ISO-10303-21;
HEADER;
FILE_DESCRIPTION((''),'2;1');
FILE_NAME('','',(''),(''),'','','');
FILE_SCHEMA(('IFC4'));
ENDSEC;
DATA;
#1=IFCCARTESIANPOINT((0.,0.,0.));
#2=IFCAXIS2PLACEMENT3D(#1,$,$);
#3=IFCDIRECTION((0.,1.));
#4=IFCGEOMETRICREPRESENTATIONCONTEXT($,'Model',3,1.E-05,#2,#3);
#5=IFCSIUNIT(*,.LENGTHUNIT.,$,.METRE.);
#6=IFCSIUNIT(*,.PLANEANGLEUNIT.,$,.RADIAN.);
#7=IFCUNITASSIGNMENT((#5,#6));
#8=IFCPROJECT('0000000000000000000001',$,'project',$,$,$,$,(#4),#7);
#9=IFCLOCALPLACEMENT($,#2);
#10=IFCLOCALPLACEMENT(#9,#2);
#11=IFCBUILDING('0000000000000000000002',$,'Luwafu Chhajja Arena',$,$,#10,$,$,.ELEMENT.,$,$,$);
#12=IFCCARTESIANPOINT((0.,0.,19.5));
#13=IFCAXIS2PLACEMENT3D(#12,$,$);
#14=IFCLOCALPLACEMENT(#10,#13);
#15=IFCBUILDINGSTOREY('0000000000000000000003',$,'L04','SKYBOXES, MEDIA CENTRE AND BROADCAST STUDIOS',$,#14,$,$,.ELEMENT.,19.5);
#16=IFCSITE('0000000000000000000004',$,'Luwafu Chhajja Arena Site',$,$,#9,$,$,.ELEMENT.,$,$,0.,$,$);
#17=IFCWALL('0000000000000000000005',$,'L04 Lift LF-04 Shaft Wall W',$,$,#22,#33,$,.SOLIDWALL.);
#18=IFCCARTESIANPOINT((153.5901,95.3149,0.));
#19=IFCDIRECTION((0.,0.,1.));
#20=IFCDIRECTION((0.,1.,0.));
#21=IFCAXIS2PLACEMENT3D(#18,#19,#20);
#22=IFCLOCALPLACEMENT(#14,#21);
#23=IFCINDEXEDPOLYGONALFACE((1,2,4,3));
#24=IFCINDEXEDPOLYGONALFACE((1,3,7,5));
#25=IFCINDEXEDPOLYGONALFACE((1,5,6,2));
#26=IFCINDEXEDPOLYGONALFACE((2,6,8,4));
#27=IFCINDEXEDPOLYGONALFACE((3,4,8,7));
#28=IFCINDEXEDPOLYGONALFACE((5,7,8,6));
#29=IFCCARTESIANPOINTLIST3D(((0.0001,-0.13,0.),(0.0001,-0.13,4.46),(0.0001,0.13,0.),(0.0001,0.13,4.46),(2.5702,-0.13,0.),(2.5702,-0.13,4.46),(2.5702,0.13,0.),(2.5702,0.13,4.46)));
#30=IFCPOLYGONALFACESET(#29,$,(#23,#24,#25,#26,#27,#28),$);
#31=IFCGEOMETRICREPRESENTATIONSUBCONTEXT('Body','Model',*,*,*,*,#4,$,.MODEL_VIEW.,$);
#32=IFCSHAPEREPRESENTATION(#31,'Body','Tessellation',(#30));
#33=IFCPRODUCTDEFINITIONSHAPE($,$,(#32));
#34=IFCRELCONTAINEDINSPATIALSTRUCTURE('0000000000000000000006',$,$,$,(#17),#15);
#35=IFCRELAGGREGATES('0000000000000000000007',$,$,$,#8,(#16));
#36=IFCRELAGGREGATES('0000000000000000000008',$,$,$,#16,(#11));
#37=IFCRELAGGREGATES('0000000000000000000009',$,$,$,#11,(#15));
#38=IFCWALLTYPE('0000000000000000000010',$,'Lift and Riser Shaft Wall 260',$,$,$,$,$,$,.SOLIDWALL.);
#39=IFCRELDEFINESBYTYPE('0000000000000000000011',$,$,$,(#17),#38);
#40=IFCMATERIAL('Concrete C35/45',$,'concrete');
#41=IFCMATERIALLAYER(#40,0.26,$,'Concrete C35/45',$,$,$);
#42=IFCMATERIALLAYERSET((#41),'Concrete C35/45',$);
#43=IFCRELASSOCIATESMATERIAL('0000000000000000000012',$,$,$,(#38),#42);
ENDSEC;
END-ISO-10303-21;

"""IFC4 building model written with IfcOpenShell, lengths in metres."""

from ifc_helpers import new_model, si_unit, direction, frame, frame_2d, origin, place, context, subcontext, project, spatial, rectangle, extrude, material, layer, layer_set, type_object, element, save


model = new_model("IFC4")

# Units and contexts
model_context = context("Model", 3, precision=1e-05, world=origin(), true_north=direction((0.0, 1.0)))
body_context = subcontext(model_context, "Body", "Model", "MODEL_VIEW")
ifc_project = project(units=[si_unit("LENGTHUNIT", "METRE"), si_unit("PLANEANGLEUNIT", "RADIAN")], contexts=[model_context])

# Site, building, storey
site_placement = place(None, origin())
site = spatial("IfcSite", under=ifc_project, at=site_placement, Name="Luwafu Chhajja Arena Site", CompositionType="ELEMENT", RefElevation=0.0)
building_placement = place(site_placement, origin())
building = spatial("IfcBuilding", under=site, at=building_placement, Name="Luwafu Chhajja Arena", CompositionType="ELEMENT")
storey_placement = place(building_placement, frame((0.0, 0.0, 19.5)))
storey = spatial("IfcBuildingStorey", under=building, at=storey_placement, Name="L04", Description="SKYBOXES, MEDIA CENTRE AND BROADCAST STUDIOS", CompositionType="ELEMENT", Elevation=19.5)

# Shared definitions
ifc_material_1 = material(Name="Concrete C35/45", Category="concrete")

# Shared definitions
ifc_layer_1 = layer(ifc_material_1, 0.26, Name="Concrete C35/45")
ifc_layer_set_1 = layer_set([ifc_layer_1], Name="Concrete C35/45")
wall_type_1 = type_object("IfcWallType", Name="Lift and Riser Shaft Wall 260", PredefinedType="SOLIDWALL", material=ifc_layer_set_1)

# Wall
wall_1_placement = place(storey_placement, frame((153.5901, 95.3149, 0.0), z_axis=(0.0, 0.0, 1.0), x_axis=(0.0, 1.0, 0.0)))
element("IfcWall", 1, at=wall_1_placement, inside=storey, type_object=wall_type_1, Name="L04 Lift LF-04 Shaft Wall W", PredefinedType="SOLIDWALL", context=body_context, shape_type="SweptSolid", body=[
    extrude(rectangle(XDim=2.5701, YDim=0.26, at=frame_2d((1.2852, 0.0))), origin(), (0.0, 0.0, 1.0), 4.46),
])

save(model, "model.ifc")
